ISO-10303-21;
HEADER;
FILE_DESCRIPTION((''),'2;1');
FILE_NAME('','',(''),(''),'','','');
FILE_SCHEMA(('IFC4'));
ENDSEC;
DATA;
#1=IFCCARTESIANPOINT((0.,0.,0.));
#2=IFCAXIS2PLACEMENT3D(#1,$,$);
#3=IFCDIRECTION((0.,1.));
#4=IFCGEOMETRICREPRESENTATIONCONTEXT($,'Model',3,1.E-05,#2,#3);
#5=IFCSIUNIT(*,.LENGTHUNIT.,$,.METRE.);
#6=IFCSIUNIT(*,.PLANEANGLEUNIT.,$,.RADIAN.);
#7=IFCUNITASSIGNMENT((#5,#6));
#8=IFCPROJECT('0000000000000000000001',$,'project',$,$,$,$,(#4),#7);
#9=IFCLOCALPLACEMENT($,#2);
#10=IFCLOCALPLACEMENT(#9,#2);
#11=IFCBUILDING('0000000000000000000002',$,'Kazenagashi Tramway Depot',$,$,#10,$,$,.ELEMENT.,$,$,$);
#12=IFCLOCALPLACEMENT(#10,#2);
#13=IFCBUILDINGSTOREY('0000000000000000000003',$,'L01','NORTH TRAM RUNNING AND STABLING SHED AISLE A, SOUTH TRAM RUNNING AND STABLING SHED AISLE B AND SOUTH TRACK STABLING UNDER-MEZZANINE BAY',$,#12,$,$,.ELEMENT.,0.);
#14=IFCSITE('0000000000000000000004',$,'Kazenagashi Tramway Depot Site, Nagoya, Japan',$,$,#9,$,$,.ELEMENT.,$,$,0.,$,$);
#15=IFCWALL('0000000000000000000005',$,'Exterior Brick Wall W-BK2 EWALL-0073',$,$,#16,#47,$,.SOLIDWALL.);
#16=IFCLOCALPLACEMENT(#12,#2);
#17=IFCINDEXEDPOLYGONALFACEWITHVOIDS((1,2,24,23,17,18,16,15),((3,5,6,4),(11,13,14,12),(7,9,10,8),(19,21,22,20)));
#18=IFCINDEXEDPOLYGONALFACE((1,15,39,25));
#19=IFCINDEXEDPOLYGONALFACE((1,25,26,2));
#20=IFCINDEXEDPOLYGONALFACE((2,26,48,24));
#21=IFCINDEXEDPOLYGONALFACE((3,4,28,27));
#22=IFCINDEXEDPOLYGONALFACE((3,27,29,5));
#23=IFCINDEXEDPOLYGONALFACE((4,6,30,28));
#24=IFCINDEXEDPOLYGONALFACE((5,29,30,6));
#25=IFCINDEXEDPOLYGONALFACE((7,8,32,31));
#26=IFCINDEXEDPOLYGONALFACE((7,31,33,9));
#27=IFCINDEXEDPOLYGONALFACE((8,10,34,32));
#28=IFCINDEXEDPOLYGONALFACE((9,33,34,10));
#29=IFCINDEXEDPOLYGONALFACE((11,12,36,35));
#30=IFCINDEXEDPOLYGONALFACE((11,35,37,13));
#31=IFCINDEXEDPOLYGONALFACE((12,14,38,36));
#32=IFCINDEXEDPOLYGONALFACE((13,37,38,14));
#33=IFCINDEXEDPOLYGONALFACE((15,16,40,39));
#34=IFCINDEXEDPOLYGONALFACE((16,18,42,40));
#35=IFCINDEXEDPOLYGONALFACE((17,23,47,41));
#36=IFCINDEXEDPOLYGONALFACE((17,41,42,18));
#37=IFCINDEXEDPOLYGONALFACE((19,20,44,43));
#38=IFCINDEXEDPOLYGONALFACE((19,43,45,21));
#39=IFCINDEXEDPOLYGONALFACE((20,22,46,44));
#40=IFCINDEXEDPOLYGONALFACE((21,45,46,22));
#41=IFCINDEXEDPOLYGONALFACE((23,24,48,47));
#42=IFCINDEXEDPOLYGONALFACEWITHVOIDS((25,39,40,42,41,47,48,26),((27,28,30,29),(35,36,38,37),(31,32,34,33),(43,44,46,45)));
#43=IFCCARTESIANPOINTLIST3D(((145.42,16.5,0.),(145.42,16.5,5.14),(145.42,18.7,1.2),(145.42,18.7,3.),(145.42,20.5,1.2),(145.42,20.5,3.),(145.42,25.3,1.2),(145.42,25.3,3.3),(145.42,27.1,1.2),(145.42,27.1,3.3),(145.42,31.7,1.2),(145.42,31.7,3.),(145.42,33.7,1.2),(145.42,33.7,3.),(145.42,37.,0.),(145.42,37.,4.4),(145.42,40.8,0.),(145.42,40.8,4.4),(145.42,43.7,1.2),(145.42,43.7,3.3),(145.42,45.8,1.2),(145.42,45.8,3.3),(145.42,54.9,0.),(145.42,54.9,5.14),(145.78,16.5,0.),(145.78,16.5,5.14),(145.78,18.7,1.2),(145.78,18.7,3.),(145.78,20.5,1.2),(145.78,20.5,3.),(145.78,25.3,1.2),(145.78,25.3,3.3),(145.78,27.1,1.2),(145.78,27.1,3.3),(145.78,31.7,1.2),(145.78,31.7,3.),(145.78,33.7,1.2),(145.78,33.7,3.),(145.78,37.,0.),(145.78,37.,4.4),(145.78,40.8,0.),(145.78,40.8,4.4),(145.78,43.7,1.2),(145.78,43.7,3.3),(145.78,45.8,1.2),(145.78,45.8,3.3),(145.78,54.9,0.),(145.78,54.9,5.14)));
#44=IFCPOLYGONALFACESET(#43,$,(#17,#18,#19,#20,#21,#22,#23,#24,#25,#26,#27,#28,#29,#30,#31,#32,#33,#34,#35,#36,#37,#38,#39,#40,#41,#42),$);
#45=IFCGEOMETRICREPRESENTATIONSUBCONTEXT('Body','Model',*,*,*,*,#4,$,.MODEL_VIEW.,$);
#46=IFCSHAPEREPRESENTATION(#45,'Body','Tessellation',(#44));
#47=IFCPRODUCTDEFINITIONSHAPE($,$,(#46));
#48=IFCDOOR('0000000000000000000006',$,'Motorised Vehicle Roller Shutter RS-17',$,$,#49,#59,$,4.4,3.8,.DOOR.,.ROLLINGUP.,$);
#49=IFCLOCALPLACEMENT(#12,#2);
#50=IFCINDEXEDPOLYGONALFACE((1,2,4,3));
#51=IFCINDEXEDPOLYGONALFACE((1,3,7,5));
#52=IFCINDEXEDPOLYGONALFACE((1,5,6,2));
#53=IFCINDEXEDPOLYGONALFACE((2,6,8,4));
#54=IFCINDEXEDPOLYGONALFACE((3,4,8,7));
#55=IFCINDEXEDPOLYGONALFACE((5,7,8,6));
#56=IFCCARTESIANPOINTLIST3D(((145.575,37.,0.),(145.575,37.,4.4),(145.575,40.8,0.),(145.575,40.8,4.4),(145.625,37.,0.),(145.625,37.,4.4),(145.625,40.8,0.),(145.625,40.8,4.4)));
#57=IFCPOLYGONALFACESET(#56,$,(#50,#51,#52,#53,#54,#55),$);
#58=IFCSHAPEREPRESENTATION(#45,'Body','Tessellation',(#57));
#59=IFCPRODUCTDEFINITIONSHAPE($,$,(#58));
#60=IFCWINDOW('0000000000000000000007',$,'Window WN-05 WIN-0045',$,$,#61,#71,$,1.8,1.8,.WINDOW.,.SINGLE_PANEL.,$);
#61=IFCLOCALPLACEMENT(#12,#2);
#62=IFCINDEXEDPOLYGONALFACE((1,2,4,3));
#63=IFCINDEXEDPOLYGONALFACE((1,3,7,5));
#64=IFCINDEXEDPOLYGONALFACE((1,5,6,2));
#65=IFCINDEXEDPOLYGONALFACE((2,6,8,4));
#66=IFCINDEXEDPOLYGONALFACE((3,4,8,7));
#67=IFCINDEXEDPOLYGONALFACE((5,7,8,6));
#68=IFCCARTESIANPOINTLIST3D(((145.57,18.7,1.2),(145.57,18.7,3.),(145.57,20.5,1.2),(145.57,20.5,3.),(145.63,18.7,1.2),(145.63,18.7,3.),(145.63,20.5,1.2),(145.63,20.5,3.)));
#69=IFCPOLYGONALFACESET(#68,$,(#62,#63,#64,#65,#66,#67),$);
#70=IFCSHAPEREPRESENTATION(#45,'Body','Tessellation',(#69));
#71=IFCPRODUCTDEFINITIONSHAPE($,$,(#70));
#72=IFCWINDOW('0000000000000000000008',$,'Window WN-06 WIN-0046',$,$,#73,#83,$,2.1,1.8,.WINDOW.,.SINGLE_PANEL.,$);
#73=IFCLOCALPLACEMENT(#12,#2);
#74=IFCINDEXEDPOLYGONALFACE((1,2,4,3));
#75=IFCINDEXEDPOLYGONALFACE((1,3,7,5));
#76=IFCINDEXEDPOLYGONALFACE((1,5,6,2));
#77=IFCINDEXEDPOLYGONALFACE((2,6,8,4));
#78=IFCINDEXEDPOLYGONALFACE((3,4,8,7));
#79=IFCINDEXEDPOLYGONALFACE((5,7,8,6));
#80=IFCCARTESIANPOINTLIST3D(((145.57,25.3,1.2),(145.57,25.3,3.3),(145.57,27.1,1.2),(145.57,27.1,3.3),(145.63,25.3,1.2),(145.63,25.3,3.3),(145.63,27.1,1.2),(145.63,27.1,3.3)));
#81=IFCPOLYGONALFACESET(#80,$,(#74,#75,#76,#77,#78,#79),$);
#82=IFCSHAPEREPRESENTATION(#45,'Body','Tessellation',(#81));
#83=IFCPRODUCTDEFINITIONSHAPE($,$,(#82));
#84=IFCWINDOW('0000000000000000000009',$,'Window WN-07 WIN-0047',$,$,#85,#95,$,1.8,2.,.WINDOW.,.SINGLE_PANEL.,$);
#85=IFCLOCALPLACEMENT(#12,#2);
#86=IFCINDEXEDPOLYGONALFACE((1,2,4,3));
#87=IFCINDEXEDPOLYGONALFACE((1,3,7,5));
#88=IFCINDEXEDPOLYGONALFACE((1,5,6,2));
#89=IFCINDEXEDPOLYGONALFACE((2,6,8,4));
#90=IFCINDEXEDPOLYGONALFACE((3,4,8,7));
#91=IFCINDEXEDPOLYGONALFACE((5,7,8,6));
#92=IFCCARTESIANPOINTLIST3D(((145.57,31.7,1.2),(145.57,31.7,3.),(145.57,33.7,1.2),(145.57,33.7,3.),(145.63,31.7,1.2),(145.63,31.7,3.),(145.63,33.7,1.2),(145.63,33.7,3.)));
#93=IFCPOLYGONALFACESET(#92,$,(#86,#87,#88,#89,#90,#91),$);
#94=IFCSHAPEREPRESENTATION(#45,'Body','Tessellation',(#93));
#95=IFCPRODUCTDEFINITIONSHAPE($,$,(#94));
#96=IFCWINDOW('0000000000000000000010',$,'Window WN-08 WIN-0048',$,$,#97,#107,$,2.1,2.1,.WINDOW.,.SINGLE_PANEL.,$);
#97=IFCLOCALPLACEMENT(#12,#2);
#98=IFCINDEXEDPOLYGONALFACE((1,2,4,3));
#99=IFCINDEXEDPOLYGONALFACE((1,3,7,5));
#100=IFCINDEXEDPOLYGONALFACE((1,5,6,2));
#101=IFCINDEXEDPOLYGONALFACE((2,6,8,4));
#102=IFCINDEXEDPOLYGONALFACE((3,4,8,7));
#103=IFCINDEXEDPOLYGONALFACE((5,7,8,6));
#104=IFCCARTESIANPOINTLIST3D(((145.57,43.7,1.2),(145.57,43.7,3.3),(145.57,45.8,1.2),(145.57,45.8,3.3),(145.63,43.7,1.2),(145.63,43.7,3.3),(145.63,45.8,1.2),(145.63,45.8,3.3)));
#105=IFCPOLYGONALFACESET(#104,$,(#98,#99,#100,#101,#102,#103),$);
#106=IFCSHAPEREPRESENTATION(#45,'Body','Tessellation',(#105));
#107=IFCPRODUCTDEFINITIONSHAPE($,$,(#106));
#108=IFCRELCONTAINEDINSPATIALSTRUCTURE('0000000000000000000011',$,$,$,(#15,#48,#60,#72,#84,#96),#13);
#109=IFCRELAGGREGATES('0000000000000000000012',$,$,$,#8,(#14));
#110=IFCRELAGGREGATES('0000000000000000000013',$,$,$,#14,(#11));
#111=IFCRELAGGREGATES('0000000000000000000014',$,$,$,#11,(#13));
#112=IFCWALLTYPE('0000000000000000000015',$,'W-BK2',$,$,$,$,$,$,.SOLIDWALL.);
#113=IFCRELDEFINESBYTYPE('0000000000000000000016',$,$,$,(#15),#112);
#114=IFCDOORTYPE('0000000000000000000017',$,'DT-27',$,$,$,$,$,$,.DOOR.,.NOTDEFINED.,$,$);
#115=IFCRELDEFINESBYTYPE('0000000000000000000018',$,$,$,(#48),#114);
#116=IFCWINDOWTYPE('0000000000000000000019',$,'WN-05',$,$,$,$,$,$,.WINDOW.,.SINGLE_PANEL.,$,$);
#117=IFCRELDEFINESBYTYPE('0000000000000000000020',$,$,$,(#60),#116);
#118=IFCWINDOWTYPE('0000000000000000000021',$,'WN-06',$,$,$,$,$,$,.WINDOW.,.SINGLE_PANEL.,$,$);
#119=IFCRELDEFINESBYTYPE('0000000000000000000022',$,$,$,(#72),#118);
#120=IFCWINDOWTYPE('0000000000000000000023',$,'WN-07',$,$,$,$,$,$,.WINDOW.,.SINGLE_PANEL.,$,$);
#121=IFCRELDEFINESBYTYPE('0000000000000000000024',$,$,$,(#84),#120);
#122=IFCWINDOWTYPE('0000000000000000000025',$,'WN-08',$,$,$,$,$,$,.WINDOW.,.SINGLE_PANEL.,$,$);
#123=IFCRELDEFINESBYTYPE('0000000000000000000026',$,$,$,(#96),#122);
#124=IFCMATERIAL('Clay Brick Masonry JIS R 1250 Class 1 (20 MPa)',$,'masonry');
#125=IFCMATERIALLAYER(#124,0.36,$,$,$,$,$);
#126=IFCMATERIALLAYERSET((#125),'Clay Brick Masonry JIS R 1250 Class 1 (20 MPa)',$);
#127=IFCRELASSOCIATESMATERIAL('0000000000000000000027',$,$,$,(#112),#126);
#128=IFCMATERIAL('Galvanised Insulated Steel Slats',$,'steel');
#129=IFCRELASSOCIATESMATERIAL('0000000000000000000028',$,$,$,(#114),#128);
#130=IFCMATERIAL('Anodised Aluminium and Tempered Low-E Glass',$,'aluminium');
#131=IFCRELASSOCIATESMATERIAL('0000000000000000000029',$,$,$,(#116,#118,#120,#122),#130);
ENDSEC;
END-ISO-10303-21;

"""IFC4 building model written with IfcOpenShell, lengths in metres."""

from ifc_helpers import new_model, si_unit, direction, frame, frame_2d, origin, place, context, subcontext, project, spatial, rectangle, extrude, material, layer, layer_set, type_object, element, fill, save


model = new_model("IFC4")

# Units and contexts
model_context = context("Model", 3, precision=1e-05, world=origin(), true_north=direction((0.0, 1.0)))
body_context = subcontext(model_context, "Body", "Model", "MODEL_VIEW")
ifc_project = project(units=[si_unit("LENGTHUNIT", "METRE"), si_unit("PLANEANGLEUNIT", "RADIAN")], contexts=[model_context])

# Site, building, storey
site_placement = place(None, origin())
site = spatial("IfcSite", under=ifc_project, at=site_placement, Name="Kazenagashi Tramway Depot Site, Nagoya, Japan", CompositionType="ELEMENT", RefElevation=0.0)
building_placement = place(site_placement, origin())
building = spatial("IfcBuilding", under=site, at=building_placement, Name="Kazenagashi Tramway Depot", CompositionType="ELEMENT")
storey_placement = place(building_placement, origin())
storey = spatial("IfcBuildingStorey", under=building, at=storey_placement, Name="L01", Description="NORTH TRAM RUNNING AND STABLING SHED AISLE A, SOUTH TRAM RUNNING AND STABLING SHED AISLE B AND SOUTH TRACK STABLING UNDER-MEZZANINE BAY", CompositionType="ELEMENT", Elevation=0.0)

# Wall, openings, door, windows
ifc_material_1 = material(Name="Clay Brick Masonry JIS R 1250 Class 1 (20 MPa)", Category="masonry")
ifc_layer_1 = layer(ifc_material_1, 0.36)
ifc_layer_set_1 = layer_set([ifc_layer_1], Name="Clay Brick Masonry JIS R 1250 Class 1 (20 MPa)")
wall_type = type_object("IfcWallType", Name="W-BK2", PredefinedType="SOLIDWALL", material=ifc_layer_set_1)
wall_placement = place(storey_placement, frame((145.6, 16.5, 0.0), z_axis=(0.0, 0.0, 1.0), x_axis=(0.0, 1.0, 0.0)))
wall = element("IfcWall", 1, at=wall_placement, inside=storey, type_object=wall_type, Name="Exterior Brick Wall W-BK2 EWALL-0073", PredefinedType="SOLIDWALL", context=body_context, shape_type="SweptSolid", body=[
    extrude(rectangle(XDim=38.4, YDim=0.36, at=frame_2d((19.2, 0.0))), origin(), (0.0, 0.0, 1.0), 5.14),
])
opening_1_placement = place(wall_placement, frame((20.5, 0.0, 0.0)))
opening_1 = element("IfcOpeningElement", 2, at=opening_1_placement, cuts=wall, PredefinedType="OPENING", context=body_context, shape_type="SweptSolid", body=[
    extrude(rectangle(XDim=3.8, YDim=4.4, at=frame_2d((1.9, 2.2))), frame((0.0, 0.19, 0.0), z_axis=(0.0, -1.0, 0.0), x_axis=(1.0, 0.0, 0.0)), (0.0, 0.0, 1.0), 0.38),
])
opening_2_placement = place(wall_placement, frame((2.2, 0.0, 1.2)))
opening_2 = element("IfcOpeningElement", 3, at=opening_2_placement, cuts=wall, PredefinedType="OPENING", context=body_context, shape_type="SweptSolid", body=[
    extrude(rectangle(XDim=1.8, YDim=1.8, at=frame_2d((0.9, 0.9))), frame((0.0, 0.19, 0.0), z_axis=(0.0, -1.0, 0.0), x_axis=(1.0, 0.0, 0.0)), (0.0, 0.0, 1.0), 0.38),
])
opening_3_placement = place(wall_placement, frame((8.8, 0.0, 1.2)))
opening_3 = element("IfcOpeningElement", 4, at=opening_3_placement, cuts=wall, PredefinedType="OPENING", context=body_context, shape_type="SweptSolid", body=[
    extrude(rectangle(XDim=1.8, YDim=2.1, at=frame_2d((0.9, 1.05))), frame((0.0, 0.19, 0.0), z_axis=(0.0, -1.0, 0.0), x_axis=(1.0, 0.0, 0.0)), (0.0, 0.0, 1.0), 0.38),
])
opening_4_placement = place(wall_placement, frame((15.2, 0.0, 1.2)))
opening_4 = element("IfcOpeningElement", 5, at=opening_4_placement, cuts=wall, PredefinedType="OPENING", context=body_context, shape_type="SweptSolid", body=[
    extrude(rectangle(XDim=2.0, YDim=1.8, at=frame_2d((1.0, 0.9))), frame((0.0, 0.19, 0.0), z_axis=(0.0, -1.0, 0.0), x_axis=(1.0, 0.0, 0.0)), (0.0, 0.0, 1.0), 0.38),
])
opening_5_placement = place(wall_placement, frame((27.2, 0.0, 1.2)))
opening_5 = element("IfcOpeningElement", 6, at=opening_5_placement, cuts=wall, PredefinedType="OPENING", context=body_context, shape_type="SweptSolid", body=[
    extrude(rectangle(XDim=2.1, YDim=2.1, at=frame_2d((1.05, 1.05))), frame((0.0, 0.19, 0.0), z_axis=(0.0, -1.0, 0.0), x_axis=(1.0, 0.0, 0.0)), (0.0, 0.0, 1.0), 0.38),
])
ifc_material_2 = material(Name="Galvanised Insulated Steel Slats", Category="steel")
door_type = type_object("IfcDoorType", Name="DT-27", OperationType="NOTDEFINED", PredefinedType="DOOR", material=ifc_material_2)
door_placement = place(opening_1_placement, frame((3.8, 0.0, 0.0), z_axis=(0.0, 0.0, 1.0), x_axis=(-1.0, 0.0, 0.0)))
door = element("IfcDoor", 7, at=door_placement, inside=storey, type_object=door_type, Name="Motorised Vehicle Roller Shutter RS-17", OperationType="ROLLINGUP", OverallHeight=4.4, OverallWidth=3.8, PredefinedType="DOOR", context=body_context, shape_type="SweptSolid", body=[
    extrude(rectangle(XDim=3.8, YDim=4.4, at=frame_2d((1.9, 2.2))), frame((0.0, 0.025, 0.0), z_axis=(0.0, -1.0, 0.0), x_axis=(1.0, 0.0, 0.0)), (0.0, 0.0, 1.0), 0.05),
])
fill(opening_1, door)
ifc_material_3 = material(Name="Anodised Aluminium and Tempered Low-E Glass", Category="aluminium")
window_type_1 = type_object("IfcWindowType", Name="WN-05", PartitioningType="SINGLE_PANEL", PredefinedType="WINDOW", material=ifc_material_3)
window_1_placement = place(opening_2_placement, origin())
window_1 = element("IfcWindow", 8, at=window_1_placement, inside=storey, type_object=window_type_1, Name="Window WN-05 WIN-0045", OverallHeight=1.8, OverallWidth=1.8, PartitioningType="SINGLE_PANEL", PredefinedType="WINDOW", context=body_context, shape_type="SweptSolid", body=[
    extrude(rectangle(XDim=1.8, YDim=1.8, at=frame_2d((0.9, 0.9))), frame((0.0, 0.03, 0.0), z_axis=(0.0, -1.0, 0.0), x_axis=(1.0, 0.0, 0.0)), (0.0, 0.0, 1.0), 0.06),
])
fill(opening_2, window_1)
window_type_2 = type_object("IfcWindowType", Name="WN-06", PartitioningType="SINGLE_PANEL", PredefinedType="WINDOW", material=ifc_material_3)
window_2_placement = place(opening_3_placement, origin())
window_2 = element("IfcWindow", 9, at=window_2_placement, inside=storey, type_object=window_type_2, Name="Window WN-06 WIN-0046", OverallHeight=2.1, OverallWidth=1.8, PartitioningType="SINGLE_PANEL", PredefinedType="WINDOW", context=body_context, shape_type="SweptSolid", body=[
    extrude(rectangle(XDim=1.8, YDim=2.1, at=frame_2d((0.9, 1.05))), frame((0.0, 0.03, 0.0), z_axis=(0.0, -1.0, 0.0), x_axis=(1.0, 0.0, 0.0)), (0.0, 0.0, 1.0), 0.06),
])
fill(opening_3, window_2)
window_type_3 = type_object("IfcWindowType", Name="WN-07", PartitioningType="SINGLE_PANEL", PredefinedType="WINDOW", material=ifc_material_3)
window_3_placement = place(opening_4_placement, origin())
window_3 = element("IfcWindow", 10, at=window_3_placement, inside=storey, type_object=window_type_3, Name="Window WN-07 WIN-0047", OverallHeight=1.8, OverallWidth=2.0, PartitioningType="SINGLE_PANEL", PredefinedType="WINDOW", context=body_context, shape_type="SweptSolid", body=[
    extrude(rectangle(XDim=2.0, YDim=1.8, at=frame_2d((1.0, 0.9))), frame((0.0, 0.03, 0.0), z_axis=(0.0, -1.0, 0.0), x_axis=(1.0, 0.0, 0.0)), (0.0, 0.0, 1.0), 0.06),
])
fill(opening_4, window_3)
window_type_4 = type_object("IfcWindowType", Name="WN-08", PartitioningType="SINGLE_PANEL", PredefinedType="WINDOW", material=ifc_material_3)
window_4_placement = place(opening_5_placement, origin())
window_4 = element("IfcWindow", 11, at=window_4_placement, inside=storey, type_object=window_type_4, Name="Window WN-08 WIN-0048", OverallHeight=2.1, OverallWidth=2.1, PartitioningType="SINGLE_PANEL", PredefinedType="WINDOW", context=body_context, shape_type="SweptSolid", body=[
    extrude(rectangle(XDim=2.1, YDim=2.1, at=frame_2d((1.05, 1.05))), frame((0.0, 0.03, 0.0), z_axis=(0.0, -1.0, 0.0), x_axis=(1.0, 0.0, 0.0)), (0.0, 0.0, 1.0), 0.06),
])
fill(opening_5, window_4)

save(model, "model.ifc")
